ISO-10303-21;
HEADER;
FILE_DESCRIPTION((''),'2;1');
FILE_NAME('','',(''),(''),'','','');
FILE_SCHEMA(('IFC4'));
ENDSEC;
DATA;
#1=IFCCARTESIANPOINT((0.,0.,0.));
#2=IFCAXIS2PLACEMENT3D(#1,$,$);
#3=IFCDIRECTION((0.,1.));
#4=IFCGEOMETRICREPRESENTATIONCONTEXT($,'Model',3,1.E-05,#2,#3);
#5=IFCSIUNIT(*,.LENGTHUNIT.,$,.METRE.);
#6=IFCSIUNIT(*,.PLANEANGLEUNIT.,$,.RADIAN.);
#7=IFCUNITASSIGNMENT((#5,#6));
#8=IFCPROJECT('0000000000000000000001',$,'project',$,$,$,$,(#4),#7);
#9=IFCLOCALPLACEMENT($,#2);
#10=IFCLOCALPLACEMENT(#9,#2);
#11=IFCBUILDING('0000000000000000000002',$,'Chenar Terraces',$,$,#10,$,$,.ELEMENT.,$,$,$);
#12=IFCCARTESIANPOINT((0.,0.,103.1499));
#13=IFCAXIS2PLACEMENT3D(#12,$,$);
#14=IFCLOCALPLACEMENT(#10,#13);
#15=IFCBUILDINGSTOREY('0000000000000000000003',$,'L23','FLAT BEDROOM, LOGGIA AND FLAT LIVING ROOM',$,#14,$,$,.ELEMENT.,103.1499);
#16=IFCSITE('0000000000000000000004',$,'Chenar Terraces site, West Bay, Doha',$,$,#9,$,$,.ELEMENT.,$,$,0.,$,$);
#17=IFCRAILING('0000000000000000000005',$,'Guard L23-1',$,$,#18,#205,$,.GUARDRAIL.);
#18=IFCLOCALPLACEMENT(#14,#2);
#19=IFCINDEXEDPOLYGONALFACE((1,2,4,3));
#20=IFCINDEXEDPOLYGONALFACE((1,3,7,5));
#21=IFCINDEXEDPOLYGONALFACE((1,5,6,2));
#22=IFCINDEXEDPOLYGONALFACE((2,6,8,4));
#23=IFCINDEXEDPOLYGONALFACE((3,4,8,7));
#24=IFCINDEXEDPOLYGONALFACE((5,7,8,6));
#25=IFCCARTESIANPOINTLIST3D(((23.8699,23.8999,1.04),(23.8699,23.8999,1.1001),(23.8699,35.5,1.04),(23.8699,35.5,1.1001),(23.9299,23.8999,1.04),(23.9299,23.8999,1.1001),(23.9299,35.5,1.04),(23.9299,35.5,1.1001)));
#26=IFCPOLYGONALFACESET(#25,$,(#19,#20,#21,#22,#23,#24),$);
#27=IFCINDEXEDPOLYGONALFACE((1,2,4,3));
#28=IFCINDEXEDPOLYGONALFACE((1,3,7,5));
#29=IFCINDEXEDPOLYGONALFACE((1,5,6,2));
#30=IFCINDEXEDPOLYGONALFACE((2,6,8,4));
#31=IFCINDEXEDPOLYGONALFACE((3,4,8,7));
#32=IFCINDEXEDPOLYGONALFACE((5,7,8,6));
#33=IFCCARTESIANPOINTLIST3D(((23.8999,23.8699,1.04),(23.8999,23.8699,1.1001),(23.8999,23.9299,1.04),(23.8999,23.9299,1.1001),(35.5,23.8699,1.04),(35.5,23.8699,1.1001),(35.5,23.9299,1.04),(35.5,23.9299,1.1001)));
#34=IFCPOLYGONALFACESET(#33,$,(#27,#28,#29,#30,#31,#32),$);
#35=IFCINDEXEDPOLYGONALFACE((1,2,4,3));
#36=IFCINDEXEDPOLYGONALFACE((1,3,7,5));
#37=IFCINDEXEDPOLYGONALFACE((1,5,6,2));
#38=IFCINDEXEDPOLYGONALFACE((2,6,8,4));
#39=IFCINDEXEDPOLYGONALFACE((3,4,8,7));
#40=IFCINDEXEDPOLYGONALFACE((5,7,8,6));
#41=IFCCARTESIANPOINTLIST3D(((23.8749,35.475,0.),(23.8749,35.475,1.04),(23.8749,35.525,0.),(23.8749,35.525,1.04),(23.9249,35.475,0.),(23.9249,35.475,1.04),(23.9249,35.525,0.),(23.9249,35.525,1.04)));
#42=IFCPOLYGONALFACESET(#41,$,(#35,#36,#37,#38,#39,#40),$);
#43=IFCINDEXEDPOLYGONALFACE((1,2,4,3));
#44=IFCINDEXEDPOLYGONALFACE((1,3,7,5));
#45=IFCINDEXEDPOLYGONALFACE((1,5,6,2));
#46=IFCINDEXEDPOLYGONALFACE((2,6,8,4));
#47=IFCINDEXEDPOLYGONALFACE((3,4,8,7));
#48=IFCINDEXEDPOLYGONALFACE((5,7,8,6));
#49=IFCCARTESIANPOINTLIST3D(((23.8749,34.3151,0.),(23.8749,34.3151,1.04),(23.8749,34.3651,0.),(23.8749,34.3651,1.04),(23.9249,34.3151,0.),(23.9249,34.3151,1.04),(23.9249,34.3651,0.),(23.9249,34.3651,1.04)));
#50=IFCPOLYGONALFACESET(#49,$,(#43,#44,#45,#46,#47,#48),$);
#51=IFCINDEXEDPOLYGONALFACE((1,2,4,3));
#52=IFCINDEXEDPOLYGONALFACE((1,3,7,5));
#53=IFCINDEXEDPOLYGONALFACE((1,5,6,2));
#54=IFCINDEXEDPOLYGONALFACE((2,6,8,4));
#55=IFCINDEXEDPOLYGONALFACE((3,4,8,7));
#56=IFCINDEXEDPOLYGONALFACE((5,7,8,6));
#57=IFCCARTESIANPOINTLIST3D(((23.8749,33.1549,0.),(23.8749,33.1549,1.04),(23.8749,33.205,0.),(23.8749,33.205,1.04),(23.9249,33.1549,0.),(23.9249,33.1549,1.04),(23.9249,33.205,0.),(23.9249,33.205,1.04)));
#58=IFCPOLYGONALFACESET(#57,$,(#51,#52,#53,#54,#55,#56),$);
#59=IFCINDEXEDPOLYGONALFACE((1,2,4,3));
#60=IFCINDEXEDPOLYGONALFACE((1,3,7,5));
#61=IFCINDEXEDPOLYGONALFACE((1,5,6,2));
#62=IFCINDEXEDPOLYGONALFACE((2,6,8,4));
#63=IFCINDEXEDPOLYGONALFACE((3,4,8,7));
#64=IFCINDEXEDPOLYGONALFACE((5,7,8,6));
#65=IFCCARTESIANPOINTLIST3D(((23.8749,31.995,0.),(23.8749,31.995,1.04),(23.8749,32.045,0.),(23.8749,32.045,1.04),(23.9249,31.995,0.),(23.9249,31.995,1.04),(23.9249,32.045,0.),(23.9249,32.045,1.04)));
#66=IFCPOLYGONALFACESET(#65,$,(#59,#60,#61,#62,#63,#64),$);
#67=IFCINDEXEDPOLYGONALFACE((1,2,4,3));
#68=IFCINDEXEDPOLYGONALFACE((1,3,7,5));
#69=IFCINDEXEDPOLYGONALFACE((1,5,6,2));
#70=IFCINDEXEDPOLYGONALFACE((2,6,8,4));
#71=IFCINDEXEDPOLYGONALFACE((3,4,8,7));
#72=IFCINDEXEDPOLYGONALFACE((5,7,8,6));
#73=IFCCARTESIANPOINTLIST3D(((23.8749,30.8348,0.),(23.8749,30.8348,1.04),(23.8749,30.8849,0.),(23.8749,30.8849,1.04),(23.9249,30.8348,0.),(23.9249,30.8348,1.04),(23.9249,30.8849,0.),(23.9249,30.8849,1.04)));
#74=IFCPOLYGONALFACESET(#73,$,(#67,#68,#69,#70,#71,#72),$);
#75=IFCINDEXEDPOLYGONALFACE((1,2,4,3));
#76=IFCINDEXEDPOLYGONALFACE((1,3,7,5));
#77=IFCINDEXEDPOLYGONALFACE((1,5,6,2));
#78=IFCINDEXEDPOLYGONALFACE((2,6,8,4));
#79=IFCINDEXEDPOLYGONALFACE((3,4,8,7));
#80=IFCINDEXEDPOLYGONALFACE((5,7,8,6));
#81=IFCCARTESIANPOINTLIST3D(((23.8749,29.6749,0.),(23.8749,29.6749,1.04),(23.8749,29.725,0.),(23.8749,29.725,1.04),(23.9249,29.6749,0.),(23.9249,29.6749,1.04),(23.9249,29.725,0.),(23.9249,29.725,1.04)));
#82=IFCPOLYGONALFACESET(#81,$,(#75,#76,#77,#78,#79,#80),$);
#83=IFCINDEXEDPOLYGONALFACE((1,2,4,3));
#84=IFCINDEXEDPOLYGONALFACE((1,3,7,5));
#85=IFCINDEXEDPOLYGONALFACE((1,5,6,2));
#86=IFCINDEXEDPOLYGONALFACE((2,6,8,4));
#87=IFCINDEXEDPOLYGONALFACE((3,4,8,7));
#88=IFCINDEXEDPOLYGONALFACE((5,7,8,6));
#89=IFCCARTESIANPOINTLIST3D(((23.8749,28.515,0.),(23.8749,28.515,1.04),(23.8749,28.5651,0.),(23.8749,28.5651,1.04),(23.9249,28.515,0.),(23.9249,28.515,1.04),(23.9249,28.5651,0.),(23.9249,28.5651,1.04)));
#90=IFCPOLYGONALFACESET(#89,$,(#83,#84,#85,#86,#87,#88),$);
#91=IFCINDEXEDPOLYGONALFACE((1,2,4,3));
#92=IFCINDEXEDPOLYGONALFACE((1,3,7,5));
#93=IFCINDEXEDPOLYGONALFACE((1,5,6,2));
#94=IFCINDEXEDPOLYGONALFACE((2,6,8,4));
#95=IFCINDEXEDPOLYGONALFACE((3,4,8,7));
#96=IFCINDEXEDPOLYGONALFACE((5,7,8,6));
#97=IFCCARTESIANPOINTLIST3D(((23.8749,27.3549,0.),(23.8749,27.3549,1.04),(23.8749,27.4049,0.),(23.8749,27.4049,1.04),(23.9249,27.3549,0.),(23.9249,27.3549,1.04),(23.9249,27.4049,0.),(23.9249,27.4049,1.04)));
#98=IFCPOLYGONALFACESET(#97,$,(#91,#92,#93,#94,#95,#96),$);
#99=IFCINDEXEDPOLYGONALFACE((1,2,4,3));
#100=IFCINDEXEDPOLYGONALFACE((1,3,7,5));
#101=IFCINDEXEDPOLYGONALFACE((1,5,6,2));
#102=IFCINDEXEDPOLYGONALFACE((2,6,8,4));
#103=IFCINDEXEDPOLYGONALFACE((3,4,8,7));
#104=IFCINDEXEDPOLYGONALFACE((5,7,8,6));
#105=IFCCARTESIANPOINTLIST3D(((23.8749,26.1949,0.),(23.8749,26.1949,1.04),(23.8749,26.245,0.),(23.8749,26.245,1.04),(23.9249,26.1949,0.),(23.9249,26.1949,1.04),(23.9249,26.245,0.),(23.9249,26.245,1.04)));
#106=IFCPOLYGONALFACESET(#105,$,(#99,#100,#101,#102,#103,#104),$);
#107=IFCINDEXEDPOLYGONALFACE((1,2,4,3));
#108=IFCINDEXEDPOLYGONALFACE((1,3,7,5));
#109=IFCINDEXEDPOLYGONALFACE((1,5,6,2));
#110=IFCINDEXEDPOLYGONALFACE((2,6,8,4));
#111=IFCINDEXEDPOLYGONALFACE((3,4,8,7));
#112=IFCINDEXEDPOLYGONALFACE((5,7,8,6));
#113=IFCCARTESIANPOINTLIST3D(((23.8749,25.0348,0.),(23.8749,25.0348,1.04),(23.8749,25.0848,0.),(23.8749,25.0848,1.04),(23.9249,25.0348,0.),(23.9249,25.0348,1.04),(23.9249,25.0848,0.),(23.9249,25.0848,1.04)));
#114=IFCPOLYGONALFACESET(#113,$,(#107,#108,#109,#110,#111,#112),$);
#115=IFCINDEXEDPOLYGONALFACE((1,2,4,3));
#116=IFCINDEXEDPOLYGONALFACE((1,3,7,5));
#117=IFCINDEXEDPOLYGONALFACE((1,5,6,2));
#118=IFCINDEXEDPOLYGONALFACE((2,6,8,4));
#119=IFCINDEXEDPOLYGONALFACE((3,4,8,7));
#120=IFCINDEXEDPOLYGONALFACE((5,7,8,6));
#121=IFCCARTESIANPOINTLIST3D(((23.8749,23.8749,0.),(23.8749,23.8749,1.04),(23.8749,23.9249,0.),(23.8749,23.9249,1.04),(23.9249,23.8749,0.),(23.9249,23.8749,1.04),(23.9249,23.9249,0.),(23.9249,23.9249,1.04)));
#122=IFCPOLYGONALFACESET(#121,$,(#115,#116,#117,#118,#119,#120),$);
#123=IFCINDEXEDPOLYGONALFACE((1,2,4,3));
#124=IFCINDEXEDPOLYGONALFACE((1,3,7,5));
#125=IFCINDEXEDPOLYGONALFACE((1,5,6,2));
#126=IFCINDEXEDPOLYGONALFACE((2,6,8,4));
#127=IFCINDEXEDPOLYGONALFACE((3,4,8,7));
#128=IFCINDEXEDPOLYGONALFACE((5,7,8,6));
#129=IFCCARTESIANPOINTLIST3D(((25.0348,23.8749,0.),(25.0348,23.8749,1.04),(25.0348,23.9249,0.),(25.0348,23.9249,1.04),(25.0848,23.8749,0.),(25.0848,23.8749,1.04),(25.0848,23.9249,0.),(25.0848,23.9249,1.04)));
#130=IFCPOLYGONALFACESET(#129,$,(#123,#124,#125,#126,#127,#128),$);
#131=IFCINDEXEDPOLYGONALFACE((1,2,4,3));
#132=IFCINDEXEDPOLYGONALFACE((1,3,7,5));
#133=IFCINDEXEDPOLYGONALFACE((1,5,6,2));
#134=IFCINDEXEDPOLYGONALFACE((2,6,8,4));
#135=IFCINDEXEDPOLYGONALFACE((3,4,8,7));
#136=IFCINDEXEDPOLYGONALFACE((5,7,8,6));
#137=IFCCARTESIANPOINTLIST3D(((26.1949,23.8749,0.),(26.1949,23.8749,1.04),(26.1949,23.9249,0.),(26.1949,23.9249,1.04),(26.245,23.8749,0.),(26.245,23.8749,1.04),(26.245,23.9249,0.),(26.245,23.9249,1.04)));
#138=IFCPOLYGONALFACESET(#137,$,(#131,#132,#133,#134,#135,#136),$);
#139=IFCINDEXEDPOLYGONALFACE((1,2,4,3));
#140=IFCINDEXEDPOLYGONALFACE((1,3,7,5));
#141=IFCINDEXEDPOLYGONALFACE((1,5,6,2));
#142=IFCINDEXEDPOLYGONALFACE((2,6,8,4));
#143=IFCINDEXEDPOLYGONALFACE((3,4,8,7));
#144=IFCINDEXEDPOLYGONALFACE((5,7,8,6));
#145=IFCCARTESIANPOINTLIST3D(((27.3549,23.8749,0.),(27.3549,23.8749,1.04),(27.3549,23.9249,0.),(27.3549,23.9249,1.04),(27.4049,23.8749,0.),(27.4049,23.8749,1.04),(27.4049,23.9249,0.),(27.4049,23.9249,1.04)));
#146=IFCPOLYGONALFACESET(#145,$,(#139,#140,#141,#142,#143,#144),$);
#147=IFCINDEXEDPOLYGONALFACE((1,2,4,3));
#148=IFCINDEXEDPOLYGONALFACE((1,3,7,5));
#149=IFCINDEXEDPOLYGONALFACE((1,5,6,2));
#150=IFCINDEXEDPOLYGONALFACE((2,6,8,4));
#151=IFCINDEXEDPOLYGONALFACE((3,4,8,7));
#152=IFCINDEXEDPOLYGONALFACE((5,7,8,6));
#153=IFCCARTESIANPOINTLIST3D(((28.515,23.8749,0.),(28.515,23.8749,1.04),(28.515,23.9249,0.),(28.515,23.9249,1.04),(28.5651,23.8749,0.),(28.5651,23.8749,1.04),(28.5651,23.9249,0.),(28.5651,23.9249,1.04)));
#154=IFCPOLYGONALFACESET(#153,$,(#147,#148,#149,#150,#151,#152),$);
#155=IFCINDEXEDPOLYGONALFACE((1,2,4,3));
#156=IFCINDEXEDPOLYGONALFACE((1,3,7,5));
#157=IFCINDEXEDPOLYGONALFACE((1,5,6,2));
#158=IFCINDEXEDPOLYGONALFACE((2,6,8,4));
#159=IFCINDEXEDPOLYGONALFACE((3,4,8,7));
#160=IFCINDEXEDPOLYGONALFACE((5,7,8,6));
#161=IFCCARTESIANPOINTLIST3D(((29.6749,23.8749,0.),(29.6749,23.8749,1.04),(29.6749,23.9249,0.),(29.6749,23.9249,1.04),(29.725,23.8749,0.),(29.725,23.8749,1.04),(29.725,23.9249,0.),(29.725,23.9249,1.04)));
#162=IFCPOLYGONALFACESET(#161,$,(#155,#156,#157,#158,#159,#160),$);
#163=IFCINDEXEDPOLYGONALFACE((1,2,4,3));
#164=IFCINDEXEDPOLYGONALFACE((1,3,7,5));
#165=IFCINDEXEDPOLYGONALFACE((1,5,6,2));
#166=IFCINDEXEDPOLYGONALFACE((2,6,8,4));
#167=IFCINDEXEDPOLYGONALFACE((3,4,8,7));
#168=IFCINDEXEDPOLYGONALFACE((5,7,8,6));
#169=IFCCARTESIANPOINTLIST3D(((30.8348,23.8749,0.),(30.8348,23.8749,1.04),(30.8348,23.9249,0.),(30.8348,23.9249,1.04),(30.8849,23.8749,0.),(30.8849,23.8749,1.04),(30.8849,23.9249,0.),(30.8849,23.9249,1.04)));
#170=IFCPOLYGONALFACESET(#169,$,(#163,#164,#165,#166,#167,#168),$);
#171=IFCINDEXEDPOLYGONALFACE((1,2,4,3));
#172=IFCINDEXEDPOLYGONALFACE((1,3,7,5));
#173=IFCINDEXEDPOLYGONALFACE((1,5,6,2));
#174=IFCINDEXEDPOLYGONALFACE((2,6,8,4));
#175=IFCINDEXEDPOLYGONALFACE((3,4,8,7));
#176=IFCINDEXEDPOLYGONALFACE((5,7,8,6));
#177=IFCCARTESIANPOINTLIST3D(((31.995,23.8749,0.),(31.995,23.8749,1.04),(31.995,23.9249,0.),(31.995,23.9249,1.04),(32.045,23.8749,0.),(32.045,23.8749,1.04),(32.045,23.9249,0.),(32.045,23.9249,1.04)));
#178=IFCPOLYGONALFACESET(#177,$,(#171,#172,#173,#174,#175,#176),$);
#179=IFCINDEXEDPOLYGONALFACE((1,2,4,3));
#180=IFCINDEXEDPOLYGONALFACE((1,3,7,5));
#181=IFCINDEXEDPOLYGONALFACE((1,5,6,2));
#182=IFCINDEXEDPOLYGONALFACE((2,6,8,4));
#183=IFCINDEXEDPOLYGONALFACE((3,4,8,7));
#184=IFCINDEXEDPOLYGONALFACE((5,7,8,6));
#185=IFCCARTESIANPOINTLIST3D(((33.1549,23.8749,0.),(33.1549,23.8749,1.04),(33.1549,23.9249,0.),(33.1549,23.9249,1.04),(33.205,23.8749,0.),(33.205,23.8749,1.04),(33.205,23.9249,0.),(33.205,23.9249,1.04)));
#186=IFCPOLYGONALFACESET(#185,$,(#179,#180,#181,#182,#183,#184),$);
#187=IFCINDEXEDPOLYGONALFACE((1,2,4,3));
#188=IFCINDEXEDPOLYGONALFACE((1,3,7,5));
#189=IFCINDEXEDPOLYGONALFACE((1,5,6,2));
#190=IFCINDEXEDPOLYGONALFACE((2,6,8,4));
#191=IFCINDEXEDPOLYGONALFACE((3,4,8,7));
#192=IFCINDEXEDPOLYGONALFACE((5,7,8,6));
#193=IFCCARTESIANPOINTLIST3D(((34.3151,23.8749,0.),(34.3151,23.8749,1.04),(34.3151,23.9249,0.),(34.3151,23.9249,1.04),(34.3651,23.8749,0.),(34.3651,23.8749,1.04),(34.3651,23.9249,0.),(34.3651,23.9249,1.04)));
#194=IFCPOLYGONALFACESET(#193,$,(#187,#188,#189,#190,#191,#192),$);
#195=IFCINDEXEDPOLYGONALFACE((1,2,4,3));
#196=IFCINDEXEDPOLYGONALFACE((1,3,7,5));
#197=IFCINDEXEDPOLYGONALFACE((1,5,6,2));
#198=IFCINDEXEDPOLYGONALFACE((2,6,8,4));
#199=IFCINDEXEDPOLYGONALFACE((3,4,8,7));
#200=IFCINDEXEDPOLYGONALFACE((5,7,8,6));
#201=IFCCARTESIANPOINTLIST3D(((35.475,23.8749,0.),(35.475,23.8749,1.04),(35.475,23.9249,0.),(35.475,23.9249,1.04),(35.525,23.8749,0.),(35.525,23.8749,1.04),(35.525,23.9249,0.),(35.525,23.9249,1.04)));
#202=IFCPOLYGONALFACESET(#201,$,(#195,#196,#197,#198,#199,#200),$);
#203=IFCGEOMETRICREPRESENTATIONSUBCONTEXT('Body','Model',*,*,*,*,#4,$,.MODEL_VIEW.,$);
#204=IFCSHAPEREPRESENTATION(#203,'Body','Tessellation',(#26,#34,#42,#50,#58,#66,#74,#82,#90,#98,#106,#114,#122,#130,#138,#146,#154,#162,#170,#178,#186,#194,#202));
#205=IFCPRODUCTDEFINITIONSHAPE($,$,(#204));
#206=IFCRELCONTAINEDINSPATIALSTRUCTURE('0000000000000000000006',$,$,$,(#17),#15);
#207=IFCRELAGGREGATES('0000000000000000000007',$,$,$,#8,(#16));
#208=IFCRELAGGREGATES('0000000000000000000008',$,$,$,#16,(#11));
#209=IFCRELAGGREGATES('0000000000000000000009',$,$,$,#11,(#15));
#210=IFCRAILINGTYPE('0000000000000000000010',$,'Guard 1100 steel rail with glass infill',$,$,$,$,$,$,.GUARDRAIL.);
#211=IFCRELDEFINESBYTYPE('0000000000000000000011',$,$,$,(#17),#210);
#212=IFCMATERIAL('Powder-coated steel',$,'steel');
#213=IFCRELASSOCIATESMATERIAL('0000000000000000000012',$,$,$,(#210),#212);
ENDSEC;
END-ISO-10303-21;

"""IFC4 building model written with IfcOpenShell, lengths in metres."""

from ifc_helpers import new_model, si_unit, direction, frame, origin, origin_2d, place, context, subcontext, project, spatial, rectangle, extrude, material, type_object, element, save


model = new_model("IFC4")

# Units and contexts
model_context = context("Model", 3, precision=1e-05, world=origin(), true_north=direction((0.0, 1.0)))
body_context = subcontext(model_context, "Body", "Model", "MODEL_VIEW")
ifc_project = project(units=[si_unit("LENGTHUNIT", "METRE"), si_unit("PLANEANGLEUNIT", "RADIAN")], contexts=[model_context])

# Site, building, storey
site_placement = place(None, origin())
site = spatial("IfcSite", under=ifc_project, at=site_placement, Name="Chenar Terraces site, West Bay, Doha", CompositionType="ELEMENT", RefElevation=0.0)
building_placement = place(site_placement, origin())
building = spatial("IfcBuilding", under=site, at=building_placement, Name="Chenar Terraces", CompositionType="ELEMENT")
storey_placement = place(building_placement, frame((0.0, 0.0, 103.1499)))
storey = spatial("IfcBuildingStorey", under=building, at=storey_placement, Name="L23", Description="FLAT BEDROOM, LOGGIA AND FLAT LIVING ROOM", CompositionType="ELEMENT", Elevation=103.1499)

# Railing
ifc_material_1 = material(Name="Powder-coated steel", Category="steel")
railing_type = type_object("IfcRailingType", Name="Guard 1100 steel rail with glass infill", PredefinedType="GUARDRAIL", material=ifc_material_1)
railing_placement = place(storey_placement, frame((23.8999, 35.5, 0.0)))
element("IfcRailing", 1, at=railing_placement, inside=storey, type_object=railing_type, Name="Guard L23-1", PredefinedType="GUARDRAIL", context=body_context, shape_type="SweptSolid", body=[
    extrude(rectangle(XDim=0.0601, YDim=0.0601, at=origin_2d()), frame((0.0, 0.0, 1.0701), z_axis=(0.0, -1.0, 0.0), x_axis=(1.0, 0.0, 0.0)), (0.0, 0.0, 1.0), 11.6001),
    extrude(rectangle(XDim=0.0601, YDim=0.0601, at=origin_2d()), frame((0.0, -11.6001, 1.0701), z_axis=(1.0, 0.0, 0.0), x_axis=(0.0, 1.0, 0.0)), (0.0, 0.0, 1.0), 11.6001),
    extrude(rectangle(XDim=0.05, YDim=0.05, at=origin_2d()), origin(), (0.0, 0.0, 1.0), 1.04),
    extrude(rectangle(XDim=0.05, YDim=0.05, at=origin_2d()), frame((0.0, -1.1599, 0.0)), (0.0, 0.0, 1.0), 1.04),
    extrude(rectangle(XDim=0.05, YDim=0.05, at=origin_2d()), frame((0.0, -2.3201, 0.0)), (0.0, 0.0, 1.0), 1.04),
    extrude(rectangle(XDim=0.05, YDim=0.05, at=origin_2d()), frame((0.0, -3.48, 0.0)), (0.0, 0.0, 1.0), 1.04),
    extrude(rectangle(XDim=0.05, YDim=0.05, at=origin_2d()), frame((0.0, -4.6401, 0.0)), (0.0, 0.0, 1.0), 1.04),
    extrude(rectangle(XDim=0.05, YDim=0.05, at=origin_2d()), frame((0.0, -5.8, 0.0)), (0.0, 0.0, 1.0), 1.04),
    extrude(rectangle(XDim=0.05, YDim=0.05, at=origin_2d()), frame((0.0, -6.96, 0.0)), (0.0, 0.0, 1.0), 1.04),
    extrude(rectangle(XDim=0.05, YDim=0.05, at=origin_2d()), frame((0.0, -8.1201, 0.0)), (0.0, 0.0, 1.0), 1.04),
    extrude(rectangle(XDim=0.05, YDim=0.05, at=origin_2d()), frame((0.0, -9.28, 0.0)), (0.0, 0.0, 1.0), 1.04),
    extrude(rectangle(XDim=0.05, YDim=0.05, at=origin_2d()), frame((0.0, -10.4402, 0.0)), (0.0, 0.0, 1.0), 1.04),
    extrude(rectangle(XDim=0.05, YDim=0.05, at=origin_2d()), frame((0.0, -11.6001, 0.0)), (0.0, 0.0, 1.0), 1.04),
    extrude(rectangle(XDim=0.05, YDim=0.05, at=origin_2d()), frame((1.1599, -11.6001, 0.0)), (0.0, 0.0, 1.0), 1.04),
    extrude(rectangle(XDim=0.05, YDim=0.05, at=origin_2d()), frame((2.3201, -11.6001, 0.0)), (0.0, 0.0, 1.0), 1.04),
    extrude(rectangle(XDim=0.05, YDim=0.05, at=origin_2d()), frame((3.48, -11.6001, 0.0)), (0.0, 0.0, 1.0), 1.04),
    extrude(rectangle(XDim=0.05, YDim=0.05, at=origin_2d()), frame((4.6401, -11.6001, 0.0)), (0.0, 0.0, 1.0), 1.04),
    extrude(rectangle(XDim=0.05, YDim=0.05, at=origin_2d()), frame((5.8, -11.6001, 0.0)), (0.0, 0.0, 1.0), 1.04),
    extrude(rectangle(XDim=0.05, YDim=0.05, at=origin_2d()), frame((6.96, -11.6001, 0.0)), (0.0, 0.0, 1.0), 1.04),
    extrude(rectangle(XDim=0.05, YDim=0.05, at=origin_2d()), frame((8.1201, -11.6001, 0.0)), (0.0, 0.0, 1.0), 1.04),
    extrude(rectangle(XDim=0.05, YDim=0.05, at=origin_2d()), frame((9.28, -11.6001, 0.0)), (0.0, 0.0, 1.0), 1.04),
    extrude(rectangle(XDim=0.05, YDim=0.05, at=origin_2d()), frame((10.4402, -11.6001, 0.0)), (0.0, 0.0, 1.0), 1.04),
    extrude(rectangle(XDim=0.05, YDim=0.05, at=origin_2d()), frame((11.6001, -11.6001, 0.0)), (0.0, 0.0, 1.0), 1.04),
])

save(model, "model.ifc")
